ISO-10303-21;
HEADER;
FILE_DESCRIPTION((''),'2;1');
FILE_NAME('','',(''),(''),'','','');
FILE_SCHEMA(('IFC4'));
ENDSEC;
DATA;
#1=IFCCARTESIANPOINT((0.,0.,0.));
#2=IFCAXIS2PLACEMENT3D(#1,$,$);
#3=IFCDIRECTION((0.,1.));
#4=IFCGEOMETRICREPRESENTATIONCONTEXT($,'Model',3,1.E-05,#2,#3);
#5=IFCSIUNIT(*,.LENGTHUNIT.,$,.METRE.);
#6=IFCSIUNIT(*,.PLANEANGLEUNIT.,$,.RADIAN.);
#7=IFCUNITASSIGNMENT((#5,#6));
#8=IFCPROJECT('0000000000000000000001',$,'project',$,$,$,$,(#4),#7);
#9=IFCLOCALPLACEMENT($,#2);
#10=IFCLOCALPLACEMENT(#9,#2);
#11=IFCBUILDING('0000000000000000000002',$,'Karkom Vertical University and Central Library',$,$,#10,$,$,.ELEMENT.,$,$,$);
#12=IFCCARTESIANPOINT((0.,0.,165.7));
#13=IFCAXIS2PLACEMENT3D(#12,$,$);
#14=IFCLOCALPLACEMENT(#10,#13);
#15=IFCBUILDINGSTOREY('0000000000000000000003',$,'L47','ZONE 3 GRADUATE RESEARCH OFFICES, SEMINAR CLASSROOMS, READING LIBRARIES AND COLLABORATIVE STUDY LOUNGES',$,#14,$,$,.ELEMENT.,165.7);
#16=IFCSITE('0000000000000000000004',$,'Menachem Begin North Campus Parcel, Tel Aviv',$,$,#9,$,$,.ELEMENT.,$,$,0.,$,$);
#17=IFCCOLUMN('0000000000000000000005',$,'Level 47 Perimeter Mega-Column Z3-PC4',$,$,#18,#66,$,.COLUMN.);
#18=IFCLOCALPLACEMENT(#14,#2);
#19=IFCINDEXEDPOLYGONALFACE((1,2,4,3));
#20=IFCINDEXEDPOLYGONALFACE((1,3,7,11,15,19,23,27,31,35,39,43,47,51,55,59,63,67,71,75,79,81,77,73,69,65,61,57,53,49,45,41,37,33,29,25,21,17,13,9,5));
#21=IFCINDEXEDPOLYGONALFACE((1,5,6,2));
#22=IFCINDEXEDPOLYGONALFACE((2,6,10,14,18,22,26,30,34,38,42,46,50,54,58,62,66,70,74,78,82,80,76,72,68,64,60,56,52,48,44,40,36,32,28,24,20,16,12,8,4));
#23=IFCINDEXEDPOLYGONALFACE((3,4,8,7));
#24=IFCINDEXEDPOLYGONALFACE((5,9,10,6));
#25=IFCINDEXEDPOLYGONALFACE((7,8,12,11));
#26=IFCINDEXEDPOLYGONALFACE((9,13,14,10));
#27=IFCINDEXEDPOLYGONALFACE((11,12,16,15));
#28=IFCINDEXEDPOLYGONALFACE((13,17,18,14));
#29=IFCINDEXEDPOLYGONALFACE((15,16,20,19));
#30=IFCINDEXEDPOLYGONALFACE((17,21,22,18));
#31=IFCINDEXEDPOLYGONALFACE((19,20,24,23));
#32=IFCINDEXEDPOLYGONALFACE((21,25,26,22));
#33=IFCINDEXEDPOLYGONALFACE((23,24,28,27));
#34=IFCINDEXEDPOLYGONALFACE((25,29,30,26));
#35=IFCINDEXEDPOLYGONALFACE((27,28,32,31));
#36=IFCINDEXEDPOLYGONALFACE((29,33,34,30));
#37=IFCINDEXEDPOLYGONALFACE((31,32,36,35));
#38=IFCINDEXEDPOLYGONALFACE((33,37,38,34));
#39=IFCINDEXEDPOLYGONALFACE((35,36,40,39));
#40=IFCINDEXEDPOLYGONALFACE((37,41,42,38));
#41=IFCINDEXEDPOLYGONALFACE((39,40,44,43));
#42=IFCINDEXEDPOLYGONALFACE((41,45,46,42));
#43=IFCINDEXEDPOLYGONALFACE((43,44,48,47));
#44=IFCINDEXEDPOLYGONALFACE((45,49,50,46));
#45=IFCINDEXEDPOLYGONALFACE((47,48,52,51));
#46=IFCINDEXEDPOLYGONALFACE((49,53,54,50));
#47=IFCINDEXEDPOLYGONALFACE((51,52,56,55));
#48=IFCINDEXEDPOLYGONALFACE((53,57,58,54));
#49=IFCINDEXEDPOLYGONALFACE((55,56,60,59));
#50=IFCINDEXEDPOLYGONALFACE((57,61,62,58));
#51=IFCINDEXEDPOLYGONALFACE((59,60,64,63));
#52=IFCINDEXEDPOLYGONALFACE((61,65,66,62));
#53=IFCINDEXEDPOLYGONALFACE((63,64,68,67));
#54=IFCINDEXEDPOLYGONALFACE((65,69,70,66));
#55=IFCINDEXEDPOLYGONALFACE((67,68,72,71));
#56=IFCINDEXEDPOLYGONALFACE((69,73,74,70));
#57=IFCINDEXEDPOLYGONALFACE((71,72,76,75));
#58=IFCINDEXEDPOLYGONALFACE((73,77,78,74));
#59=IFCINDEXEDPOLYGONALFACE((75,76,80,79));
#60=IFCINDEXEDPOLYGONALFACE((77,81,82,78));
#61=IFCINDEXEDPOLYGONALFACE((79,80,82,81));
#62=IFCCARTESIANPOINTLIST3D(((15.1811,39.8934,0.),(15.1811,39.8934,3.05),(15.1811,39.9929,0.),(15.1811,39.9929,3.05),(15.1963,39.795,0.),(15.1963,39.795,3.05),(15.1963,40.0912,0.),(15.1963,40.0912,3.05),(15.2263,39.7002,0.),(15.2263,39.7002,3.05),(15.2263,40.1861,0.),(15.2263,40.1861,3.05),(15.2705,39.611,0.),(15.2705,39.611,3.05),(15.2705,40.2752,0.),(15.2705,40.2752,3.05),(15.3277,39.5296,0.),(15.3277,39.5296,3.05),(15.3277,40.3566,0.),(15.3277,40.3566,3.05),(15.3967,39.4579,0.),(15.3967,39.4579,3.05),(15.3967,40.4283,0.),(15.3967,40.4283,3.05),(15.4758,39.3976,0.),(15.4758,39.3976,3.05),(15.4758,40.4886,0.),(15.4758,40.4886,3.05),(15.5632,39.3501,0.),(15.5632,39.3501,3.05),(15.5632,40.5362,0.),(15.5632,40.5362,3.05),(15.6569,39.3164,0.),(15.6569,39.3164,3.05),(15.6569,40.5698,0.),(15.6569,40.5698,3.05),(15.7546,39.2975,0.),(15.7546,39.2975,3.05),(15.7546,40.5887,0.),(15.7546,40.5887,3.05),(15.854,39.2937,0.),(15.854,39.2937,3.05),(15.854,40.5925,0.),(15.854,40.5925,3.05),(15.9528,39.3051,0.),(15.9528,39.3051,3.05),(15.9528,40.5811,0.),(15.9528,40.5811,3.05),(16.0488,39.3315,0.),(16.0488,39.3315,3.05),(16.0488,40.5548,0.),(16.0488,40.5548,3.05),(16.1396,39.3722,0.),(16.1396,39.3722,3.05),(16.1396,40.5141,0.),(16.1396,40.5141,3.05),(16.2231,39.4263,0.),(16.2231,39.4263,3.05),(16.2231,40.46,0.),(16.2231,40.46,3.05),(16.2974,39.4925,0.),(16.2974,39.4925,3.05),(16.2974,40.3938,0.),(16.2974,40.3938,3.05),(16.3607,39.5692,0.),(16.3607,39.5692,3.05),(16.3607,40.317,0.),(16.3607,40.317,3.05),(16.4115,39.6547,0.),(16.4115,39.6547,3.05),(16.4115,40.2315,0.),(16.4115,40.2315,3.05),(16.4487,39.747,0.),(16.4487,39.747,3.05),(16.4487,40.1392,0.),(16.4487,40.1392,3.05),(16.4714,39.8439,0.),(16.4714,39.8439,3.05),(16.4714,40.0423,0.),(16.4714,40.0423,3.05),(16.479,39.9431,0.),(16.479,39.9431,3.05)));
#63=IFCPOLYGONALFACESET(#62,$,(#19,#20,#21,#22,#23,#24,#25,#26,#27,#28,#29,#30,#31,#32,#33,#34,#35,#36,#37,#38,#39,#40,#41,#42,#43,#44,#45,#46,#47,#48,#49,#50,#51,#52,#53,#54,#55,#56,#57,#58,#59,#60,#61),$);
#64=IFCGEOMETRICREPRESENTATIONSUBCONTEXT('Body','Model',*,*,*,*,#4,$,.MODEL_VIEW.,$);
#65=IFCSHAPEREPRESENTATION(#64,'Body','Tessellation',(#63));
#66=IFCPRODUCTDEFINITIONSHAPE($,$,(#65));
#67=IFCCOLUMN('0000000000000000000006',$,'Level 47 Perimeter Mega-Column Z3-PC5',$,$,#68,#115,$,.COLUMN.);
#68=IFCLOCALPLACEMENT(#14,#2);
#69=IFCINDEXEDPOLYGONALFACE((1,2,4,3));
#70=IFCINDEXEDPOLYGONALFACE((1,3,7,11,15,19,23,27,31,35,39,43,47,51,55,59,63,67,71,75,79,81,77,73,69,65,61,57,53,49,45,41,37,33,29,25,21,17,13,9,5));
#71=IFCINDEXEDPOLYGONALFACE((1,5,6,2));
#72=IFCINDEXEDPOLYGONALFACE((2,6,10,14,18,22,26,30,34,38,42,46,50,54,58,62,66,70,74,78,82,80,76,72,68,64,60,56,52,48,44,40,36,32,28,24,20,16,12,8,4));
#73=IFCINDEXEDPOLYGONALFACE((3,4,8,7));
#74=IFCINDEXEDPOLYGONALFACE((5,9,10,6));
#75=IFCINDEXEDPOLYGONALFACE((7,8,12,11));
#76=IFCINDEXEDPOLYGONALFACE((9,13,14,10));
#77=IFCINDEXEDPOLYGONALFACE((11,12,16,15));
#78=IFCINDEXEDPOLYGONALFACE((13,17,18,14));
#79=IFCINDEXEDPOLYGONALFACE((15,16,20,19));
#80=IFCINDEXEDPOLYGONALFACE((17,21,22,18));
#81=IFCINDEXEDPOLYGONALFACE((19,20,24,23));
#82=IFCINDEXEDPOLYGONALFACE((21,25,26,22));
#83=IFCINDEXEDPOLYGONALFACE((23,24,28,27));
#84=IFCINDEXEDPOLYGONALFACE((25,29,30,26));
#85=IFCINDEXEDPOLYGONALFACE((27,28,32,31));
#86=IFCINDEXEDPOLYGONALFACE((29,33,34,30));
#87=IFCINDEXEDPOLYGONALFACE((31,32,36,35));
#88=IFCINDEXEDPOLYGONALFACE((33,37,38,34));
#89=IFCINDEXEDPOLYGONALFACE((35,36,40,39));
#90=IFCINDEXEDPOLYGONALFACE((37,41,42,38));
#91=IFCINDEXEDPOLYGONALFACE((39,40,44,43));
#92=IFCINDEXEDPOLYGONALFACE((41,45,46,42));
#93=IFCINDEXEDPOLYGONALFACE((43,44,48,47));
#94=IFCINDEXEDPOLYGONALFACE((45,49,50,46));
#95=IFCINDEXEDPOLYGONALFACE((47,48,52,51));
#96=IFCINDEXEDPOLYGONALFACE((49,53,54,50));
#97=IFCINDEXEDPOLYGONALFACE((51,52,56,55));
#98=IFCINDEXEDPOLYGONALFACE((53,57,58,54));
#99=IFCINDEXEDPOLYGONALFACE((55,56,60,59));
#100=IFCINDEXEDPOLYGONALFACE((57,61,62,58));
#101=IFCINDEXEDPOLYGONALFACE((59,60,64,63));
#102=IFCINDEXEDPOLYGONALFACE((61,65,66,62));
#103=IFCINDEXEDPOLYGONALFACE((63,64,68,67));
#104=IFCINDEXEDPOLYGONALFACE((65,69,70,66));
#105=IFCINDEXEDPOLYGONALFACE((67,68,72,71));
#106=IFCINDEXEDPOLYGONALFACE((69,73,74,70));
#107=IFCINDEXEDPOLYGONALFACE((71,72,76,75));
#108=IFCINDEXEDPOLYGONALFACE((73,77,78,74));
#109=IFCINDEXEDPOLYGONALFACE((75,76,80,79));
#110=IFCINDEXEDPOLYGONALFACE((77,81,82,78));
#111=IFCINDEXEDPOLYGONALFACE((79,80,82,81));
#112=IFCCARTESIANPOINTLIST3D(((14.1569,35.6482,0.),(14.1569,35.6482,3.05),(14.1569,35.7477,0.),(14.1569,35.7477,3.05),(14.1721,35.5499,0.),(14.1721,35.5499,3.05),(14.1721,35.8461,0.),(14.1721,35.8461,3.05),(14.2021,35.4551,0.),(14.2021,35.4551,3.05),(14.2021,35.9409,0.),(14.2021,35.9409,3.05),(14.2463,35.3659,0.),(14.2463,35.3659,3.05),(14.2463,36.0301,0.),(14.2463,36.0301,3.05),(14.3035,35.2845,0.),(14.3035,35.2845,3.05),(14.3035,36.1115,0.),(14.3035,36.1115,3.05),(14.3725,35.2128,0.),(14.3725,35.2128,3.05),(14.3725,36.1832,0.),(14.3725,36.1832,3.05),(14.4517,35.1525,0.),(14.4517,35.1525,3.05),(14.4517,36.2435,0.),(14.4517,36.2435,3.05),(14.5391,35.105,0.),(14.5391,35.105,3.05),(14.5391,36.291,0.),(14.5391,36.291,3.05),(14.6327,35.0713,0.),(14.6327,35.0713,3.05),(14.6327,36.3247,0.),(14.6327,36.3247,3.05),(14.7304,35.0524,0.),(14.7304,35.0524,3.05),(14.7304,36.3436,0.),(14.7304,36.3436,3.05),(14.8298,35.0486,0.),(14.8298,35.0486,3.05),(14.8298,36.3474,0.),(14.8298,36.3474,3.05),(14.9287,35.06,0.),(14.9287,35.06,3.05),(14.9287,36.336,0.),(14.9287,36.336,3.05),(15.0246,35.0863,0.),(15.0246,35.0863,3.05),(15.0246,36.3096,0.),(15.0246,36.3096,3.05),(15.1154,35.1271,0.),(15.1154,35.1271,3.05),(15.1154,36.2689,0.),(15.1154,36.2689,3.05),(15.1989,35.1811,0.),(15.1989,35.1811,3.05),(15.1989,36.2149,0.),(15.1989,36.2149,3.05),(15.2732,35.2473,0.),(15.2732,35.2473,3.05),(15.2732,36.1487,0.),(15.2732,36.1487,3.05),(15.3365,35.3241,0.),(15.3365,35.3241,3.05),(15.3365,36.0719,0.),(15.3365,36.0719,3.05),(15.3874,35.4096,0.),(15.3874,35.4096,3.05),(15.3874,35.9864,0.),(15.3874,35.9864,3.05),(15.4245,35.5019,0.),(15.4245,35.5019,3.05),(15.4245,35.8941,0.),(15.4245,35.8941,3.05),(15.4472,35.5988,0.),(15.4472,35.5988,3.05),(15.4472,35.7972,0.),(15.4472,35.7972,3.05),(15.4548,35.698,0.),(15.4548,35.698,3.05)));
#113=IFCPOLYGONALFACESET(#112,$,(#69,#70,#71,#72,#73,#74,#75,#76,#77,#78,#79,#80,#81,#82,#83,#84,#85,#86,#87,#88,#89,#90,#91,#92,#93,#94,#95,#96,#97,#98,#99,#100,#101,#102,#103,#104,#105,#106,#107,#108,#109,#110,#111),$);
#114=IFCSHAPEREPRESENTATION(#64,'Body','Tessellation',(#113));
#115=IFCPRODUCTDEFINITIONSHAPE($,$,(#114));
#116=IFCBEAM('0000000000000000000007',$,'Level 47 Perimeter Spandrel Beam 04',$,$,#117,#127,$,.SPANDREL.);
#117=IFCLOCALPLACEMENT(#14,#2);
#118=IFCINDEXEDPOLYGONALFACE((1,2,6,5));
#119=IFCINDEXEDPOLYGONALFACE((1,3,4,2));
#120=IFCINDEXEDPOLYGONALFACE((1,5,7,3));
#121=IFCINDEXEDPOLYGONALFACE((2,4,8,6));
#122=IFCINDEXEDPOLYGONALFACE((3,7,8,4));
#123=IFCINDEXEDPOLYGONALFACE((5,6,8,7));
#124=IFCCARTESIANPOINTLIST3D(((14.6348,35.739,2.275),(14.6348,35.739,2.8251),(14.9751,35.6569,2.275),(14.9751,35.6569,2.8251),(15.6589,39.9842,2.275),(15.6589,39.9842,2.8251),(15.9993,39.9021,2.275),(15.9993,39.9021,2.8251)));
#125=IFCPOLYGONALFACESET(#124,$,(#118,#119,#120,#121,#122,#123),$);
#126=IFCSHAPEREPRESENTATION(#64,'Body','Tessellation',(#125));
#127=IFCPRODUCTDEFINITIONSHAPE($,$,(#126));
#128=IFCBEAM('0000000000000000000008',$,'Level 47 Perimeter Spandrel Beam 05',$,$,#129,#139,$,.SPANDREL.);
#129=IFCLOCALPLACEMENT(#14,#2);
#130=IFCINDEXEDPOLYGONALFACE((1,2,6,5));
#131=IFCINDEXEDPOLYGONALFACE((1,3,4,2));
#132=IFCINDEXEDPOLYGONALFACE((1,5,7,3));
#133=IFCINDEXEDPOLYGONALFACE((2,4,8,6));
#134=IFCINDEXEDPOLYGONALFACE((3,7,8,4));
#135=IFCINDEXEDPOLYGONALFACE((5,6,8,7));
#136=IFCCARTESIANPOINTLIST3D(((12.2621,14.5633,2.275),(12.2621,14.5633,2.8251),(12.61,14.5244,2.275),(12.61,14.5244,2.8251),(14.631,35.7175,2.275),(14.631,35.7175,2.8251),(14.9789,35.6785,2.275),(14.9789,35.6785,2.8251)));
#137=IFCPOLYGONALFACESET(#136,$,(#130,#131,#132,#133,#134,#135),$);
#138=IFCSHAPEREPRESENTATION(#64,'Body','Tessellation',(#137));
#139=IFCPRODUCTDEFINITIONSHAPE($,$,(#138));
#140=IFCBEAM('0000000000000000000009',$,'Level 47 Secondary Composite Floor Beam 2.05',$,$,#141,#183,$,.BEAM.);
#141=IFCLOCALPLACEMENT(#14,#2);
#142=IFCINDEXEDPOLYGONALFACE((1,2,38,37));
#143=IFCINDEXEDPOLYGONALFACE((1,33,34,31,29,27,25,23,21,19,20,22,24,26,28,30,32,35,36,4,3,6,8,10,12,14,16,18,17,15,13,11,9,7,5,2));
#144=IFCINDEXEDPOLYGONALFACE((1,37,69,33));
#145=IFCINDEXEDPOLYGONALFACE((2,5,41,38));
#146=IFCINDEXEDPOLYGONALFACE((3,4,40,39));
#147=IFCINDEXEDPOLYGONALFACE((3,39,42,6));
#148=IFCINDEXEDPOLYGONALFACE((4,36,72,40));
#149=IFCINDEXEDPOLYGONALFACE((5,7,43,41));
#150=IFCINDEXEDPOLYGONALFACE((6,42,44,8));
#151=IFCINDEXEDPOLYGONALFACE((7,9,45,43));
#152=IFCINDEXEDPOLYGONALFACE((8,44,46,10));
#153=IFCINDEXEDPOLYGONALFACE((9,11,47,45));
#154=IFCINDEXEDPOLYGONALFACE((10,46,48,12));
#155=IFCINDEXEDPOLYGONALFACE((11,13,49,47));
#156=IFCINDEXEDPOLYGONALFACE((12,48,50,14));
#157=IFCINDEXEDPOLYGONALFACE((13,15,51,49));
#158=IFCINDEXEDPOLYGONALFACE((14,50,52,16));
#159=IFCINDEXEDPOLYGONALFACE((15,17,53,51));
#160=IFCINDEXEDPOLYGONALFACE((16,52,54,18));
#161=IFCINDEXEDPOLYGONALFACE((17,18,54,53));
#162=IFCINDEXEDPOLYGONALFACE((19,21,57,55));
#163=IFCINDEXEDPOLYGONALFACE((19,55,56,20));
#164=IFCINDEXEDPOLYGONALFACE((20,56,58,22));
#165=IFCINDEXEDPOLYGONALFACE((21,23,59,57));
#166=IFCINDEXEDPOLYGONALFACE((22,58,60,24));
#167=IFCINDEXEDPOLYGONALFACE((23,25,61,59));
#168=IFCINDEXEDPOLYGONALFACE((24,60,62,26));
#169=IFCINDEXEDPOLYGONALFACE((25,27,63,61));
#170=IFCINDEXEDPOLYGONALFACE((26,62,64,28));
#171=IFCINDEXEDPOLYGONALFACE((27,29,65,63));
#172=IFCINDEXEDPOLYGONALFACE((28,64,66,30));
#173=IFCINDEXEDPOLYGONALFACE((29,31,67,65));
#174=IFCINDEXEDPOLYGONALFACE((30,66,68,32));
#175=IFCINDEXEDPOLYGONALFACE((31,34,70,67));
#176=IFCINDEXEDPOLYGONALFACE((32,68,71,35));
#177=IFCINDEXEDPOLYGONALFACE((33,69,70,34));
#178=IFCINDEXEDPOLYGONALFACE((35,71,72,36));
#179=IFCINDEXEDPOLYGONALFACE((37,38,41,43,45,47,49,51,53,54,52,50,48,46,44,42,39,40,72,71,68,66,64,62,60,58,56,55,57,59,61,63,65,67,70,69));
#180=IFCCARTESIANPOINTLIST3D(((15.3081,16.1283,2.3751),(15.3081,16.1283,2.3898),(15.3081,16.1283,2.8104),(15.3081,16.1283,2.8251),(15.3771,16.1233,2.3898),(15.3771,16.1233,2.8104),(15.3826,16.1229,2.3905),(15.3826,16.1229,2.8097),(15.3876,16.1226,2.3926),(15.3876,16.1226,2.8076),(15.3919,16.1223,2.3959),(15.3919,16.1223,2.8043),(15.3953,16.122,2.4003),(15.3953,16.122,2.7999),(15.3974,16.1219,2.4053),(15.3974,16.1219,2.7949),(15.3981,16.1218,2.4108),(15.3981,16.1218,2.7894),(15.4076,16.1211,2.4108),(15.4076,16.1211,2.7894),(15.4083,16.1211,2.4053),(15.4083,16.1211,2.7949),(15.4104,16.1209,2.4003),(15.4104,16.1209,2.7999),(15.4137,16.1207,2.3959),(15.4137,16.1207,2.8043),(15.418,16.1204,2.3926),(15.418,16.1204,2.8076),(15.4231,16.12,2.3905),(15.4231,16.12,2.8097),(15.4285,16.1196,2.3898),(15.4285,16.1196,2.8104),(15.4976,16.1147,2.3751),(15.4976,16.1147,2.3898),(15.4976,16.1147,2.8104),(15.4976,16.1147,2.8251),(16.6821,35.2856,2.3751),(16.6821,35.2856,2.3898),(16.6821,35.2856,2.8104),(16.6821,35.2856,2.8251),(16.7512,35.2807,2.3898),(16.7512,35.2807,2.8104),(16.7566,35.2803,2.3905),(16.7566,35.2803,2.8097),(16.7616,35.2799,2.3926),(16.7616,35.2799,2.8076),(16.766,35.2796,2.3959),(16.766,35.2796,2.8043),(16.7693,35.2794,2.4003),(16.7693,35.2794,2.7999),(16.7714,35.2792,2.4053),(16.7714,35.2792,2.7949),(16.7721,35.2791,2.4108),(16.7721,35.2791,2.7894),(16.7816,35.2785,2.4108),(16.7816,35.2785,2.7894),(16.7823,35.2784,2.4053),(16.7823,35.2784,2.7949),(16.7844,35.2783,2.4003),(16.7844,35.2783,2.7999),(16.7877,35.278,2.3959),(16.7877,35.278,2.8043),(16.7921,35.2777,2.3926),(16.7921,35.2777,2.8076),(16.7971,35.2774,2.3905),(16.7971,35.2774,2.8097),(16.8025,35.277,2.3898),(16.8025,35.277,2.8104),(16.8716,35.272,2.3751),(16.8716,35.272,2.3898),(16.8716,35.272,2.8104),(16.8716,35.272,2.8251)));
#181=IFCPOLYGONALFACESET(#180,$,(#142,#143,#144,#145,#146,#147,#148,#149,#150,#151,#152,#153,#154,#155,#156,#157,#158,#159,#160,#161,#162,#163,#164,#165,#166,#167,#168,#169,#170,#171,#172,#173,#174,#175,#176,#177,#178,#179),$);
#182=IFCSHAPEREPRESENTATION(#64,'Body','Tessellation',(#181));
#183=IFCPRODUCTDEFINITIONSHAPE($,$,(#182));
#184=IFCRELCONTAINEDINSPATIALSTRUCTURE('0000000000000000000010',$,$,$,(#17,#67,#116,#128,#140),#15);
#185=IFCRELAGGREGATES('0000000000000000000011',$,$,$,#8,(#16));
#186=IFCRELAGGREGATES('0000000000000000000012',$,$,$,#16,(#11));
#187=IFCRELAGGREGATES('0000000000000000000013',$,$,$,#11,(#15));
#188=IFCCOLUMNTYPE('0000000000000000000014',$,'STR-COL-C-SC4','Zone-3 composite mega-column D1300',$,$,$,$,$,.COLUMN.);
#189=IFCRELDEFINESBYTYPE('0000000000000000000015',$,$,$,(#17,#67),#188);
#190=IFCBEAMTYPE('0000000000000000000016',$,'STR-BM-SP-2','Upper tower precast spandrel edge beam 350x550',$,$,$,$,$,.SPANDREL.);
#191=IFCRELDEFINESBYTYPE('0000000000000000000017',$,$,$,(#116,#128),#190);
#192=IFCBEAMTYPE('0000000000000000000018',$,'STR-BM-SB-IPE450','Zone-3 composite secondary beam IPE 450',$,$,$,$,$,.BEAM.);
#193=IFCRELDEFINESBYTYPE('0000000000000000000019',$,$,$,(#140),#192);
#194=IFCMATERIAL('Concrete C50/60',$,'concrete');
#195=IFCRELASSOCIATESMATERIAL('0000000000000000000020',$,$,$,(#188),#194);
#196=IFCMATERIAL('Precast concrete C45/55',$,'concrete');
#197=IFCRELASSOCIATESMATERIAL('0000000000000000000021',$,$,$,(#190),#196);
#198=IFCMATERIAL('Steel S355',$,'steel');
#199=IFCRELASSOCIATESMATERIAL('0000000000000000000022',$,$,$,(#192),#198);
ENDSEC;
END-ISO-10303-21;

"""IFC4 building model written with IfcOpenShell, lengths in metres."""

from ifc_helpers import new_model, si_unit, direction, frame, origin, origin_with_axes, origin_2d, place, context, subcontext, project, spatial, rectangle, circle, i_section, extrude, source, transform, mapped, material, material_profile, profile_set, type_object, element, save


model = new_model("IFC4")

# Units and contexts
model_context = context("Model", 3, precision=1e-05, world=origin(), true_north=direction((0.0, 1.0)))
body_context = subcontext(model_context, "Body", "Model", "MODEL_VIEW")
ifc_project = project(units=[si_unit("LENGTHUNIT", "METRE"), si_unit("PLANEANGLEUNIT", "RADIAN")], contexts=[model_context])

# Site, building, storey
site_placement = place(None, origin())
site = spatial("IfcSite", under=ifc_project, at=site_placement, Name="Menachem Begin North Campus Parcel, Tel Aviv", CompositionType="ELEMENT", RefElevation=0.0)
building_placement = place(site_placement, origin())
building = spatial("IfcBuilding", under=site, at=building_placement, Name="Karkom Vertical University and Central Library", CompositionType="ELEMENT")
storey_placement = place(building_placement, frame((0.0, 0.0, 165.7)))
storey = spatial("IfcBuildingStorey", under=building, at=storey_placement, Name="L47", Description="ZONE 3 GRADUATE RESEARCH OFFICES, SEMINAR CLASSROOMS, READING LIBRARIES AND COLLABORATIVE STUDY LOUNGES", CompositionType="ELEMENT", Elevation=165.7)

# Columns
ifc_material_1 = material(Name="Concrete C50/60", Category="concrete")
ifc_material_profile_1 = material_profile(ifc_material_1, circle(Radius=0.6499, at=origin_2d()), Name="CFT-D1300")
ifc_profile_set_1 = profile_set([ifc_material_profile_1], Name="Concrete C50/60")
column_type = type_object("IfcColumnType", Name="STR-COL-C-SC4", Description="Zone-3 composite mega-column D1300", PredefinedType="COLUMN", material=ifc_profile_set_1)
shared_shape_1 = source(origin_with_axes(), body_context, "Body", "SweptSolid", [
    extrude(circle(Radius=0.6499, at=origin_2d()), origin(), (0.0, 0.0, 1.0), 3.05),
])
for number, where, z_axis, x_axis, name in (
    (1, (15.8291, 39.9431, 0.0), (0.0, 0.0, 1.0), (1.0, 0.0, 0.0), "Level 47 Perimeter Mega-Column Z3-PC4"),
    (2, (14.8049, 35.698, 0.0), (0.0, 0.0, 1.0), (1.0, 0.0, 0.0), "Level 47 Perimeter Mega-Column Z3-PC5"),
):
    element("IfcColumn", number, at=place(storey_placement, frame(where, z_axis=z_axis, x_axis=x_axis)), inside=storey, type_object=column_type, Name=name, PredefinedType="COLUMN", context=body_context, shape_type="MappedRepresentation", body=[
        mapped(shared_shape_1, transform((0.0, 0.0, 0.0), scale=1.0)),
    ])

# Beams
ifc_material_2 = material(Name="Precast concrete C45/55", Category="concrete")
ifc_material_profile_2 = material_profile(ifc_material_2, rectangle(XDim=0.3501, YDim=0.55, at=origin_2d()), Name="SPB-350x550")
ifc_profile_set_2 = profile_set([ifc_material_profile_2], Name="Precast concrete C45/55")
beam_type_1 = type_object("IfcBeamType", Name="STR-BM-SP-2", Description="Upper tower precast spandrel edge beam 350x550", PredefinedType="SPANDREL", material=ifc_profile_set_2)
shared_shape_2 = source(origin_with_axes(), body_context, "Body", "SweptSolid", [
    extrude(rectangle(XDim=0.3501, YDim=0.55, at=origin_2d()), origin(), (0.0, 0.0, 1.0), 4.3669),
])
beam_1_placement = place(storey_placement, frame((15.8291, 39.9431, 2.55), z_axis=(-0.234529, -0.972109, 0.0), x_axis=(0.972109, -0.234529, 0.0)))
element("IfcBeam", 3, at=beam_1_placement, inside=storey, type_object=beam_type_1, Name="Level 47 Perimeter Spandrel Beam 04", PredefinedType="SPANDREL", context=body_context, shape_type="MappedRepresentation", body=[
    mapped(shared_shape_2, transform((0.0, 0.0, 0.0), scale=1.0)),
])
shared_shape_3 = source(origin_with_axes(), body_context, "Body", "SweptSolid", [
    extrude(rectangle(XDim=0.3501, YDim=0.55, at=origin_2d()), origin(), (0.0, 0.0, 1.0), 21.2864),
])
beam_2_placement = place(storey_placement, frame((14.8049, 35.698, 2.55), z_axis=(-0.111287, -0.993788, 0.0), x_axis=(0.993788, -0.111287, 0.0)))
element("IfcBeam", 4, at=beam_2_placement, inside=storey, type_object=beam_type_1, Name="Level 47 Perimeter Spandrel Beam 05", PredefinedType="SPANDREL", context=body_context, shape_type="MappedRepresentation", body=[
    mapped(shared_shape_3, transform((0.0, 0.0, 0.0), scale=1.0)),
])
ifc_material_3 = material(Name="Steel S355", Category="steel")
ifc_material_profile_3 = material_profile(ifc_material_3, i_section(OverallWidth=0.1899, OverallDepth=0.45, WebThickness=0.0095, FlangeThickness=0.0146, FilletRadius=0.021, at=origin_2d()), Name="IPE 450")
ifc_profile_set_3 = profile_set([ifc_material_profile_3], Name="Steel S355")
beam_type_2 = type_object("IfcBeamType", Name="STR-BM-SB-IPE450", Description="Zone-3 composite secondary beam IPE 450", PredefinedType="BEAM", material=ifc_profile_set_3)
shared_shape_4 = source(origin_with_axes(), body_context, "Body", "SweptSolid", [
    extrude(i_section(OverallWidth=0.1899, OverallDepth=0.45, WebThickness=0.0095, FlangeThickness=0.0146, FilletRadius=0.021, at=origin_2d()), origin(), (0.0, 0.0, 1.0), 19.2065),
])
beam_3_placement = place(storey_placement, frame((16.7769, 35.2788, 2.6001), z_axis=(-0.07154, -0.997438, 0.0), x_axis=(0.997438, -0.07154, 0.0)))
element("IfcBeam", 5, at=beam_3_placement, inside=storey, type_object=beam_type_2, Name="Level 47 Secondary Composite Floor Beam 2.05", PredefinedType="BEAM", context=body_context, shape_type="MappedRepresentation", body=[
    mapped(shared_shape_4, transform((0.0, 0.0, 0.0), scale=1.0)),
])

save(model, "model.ifc")
